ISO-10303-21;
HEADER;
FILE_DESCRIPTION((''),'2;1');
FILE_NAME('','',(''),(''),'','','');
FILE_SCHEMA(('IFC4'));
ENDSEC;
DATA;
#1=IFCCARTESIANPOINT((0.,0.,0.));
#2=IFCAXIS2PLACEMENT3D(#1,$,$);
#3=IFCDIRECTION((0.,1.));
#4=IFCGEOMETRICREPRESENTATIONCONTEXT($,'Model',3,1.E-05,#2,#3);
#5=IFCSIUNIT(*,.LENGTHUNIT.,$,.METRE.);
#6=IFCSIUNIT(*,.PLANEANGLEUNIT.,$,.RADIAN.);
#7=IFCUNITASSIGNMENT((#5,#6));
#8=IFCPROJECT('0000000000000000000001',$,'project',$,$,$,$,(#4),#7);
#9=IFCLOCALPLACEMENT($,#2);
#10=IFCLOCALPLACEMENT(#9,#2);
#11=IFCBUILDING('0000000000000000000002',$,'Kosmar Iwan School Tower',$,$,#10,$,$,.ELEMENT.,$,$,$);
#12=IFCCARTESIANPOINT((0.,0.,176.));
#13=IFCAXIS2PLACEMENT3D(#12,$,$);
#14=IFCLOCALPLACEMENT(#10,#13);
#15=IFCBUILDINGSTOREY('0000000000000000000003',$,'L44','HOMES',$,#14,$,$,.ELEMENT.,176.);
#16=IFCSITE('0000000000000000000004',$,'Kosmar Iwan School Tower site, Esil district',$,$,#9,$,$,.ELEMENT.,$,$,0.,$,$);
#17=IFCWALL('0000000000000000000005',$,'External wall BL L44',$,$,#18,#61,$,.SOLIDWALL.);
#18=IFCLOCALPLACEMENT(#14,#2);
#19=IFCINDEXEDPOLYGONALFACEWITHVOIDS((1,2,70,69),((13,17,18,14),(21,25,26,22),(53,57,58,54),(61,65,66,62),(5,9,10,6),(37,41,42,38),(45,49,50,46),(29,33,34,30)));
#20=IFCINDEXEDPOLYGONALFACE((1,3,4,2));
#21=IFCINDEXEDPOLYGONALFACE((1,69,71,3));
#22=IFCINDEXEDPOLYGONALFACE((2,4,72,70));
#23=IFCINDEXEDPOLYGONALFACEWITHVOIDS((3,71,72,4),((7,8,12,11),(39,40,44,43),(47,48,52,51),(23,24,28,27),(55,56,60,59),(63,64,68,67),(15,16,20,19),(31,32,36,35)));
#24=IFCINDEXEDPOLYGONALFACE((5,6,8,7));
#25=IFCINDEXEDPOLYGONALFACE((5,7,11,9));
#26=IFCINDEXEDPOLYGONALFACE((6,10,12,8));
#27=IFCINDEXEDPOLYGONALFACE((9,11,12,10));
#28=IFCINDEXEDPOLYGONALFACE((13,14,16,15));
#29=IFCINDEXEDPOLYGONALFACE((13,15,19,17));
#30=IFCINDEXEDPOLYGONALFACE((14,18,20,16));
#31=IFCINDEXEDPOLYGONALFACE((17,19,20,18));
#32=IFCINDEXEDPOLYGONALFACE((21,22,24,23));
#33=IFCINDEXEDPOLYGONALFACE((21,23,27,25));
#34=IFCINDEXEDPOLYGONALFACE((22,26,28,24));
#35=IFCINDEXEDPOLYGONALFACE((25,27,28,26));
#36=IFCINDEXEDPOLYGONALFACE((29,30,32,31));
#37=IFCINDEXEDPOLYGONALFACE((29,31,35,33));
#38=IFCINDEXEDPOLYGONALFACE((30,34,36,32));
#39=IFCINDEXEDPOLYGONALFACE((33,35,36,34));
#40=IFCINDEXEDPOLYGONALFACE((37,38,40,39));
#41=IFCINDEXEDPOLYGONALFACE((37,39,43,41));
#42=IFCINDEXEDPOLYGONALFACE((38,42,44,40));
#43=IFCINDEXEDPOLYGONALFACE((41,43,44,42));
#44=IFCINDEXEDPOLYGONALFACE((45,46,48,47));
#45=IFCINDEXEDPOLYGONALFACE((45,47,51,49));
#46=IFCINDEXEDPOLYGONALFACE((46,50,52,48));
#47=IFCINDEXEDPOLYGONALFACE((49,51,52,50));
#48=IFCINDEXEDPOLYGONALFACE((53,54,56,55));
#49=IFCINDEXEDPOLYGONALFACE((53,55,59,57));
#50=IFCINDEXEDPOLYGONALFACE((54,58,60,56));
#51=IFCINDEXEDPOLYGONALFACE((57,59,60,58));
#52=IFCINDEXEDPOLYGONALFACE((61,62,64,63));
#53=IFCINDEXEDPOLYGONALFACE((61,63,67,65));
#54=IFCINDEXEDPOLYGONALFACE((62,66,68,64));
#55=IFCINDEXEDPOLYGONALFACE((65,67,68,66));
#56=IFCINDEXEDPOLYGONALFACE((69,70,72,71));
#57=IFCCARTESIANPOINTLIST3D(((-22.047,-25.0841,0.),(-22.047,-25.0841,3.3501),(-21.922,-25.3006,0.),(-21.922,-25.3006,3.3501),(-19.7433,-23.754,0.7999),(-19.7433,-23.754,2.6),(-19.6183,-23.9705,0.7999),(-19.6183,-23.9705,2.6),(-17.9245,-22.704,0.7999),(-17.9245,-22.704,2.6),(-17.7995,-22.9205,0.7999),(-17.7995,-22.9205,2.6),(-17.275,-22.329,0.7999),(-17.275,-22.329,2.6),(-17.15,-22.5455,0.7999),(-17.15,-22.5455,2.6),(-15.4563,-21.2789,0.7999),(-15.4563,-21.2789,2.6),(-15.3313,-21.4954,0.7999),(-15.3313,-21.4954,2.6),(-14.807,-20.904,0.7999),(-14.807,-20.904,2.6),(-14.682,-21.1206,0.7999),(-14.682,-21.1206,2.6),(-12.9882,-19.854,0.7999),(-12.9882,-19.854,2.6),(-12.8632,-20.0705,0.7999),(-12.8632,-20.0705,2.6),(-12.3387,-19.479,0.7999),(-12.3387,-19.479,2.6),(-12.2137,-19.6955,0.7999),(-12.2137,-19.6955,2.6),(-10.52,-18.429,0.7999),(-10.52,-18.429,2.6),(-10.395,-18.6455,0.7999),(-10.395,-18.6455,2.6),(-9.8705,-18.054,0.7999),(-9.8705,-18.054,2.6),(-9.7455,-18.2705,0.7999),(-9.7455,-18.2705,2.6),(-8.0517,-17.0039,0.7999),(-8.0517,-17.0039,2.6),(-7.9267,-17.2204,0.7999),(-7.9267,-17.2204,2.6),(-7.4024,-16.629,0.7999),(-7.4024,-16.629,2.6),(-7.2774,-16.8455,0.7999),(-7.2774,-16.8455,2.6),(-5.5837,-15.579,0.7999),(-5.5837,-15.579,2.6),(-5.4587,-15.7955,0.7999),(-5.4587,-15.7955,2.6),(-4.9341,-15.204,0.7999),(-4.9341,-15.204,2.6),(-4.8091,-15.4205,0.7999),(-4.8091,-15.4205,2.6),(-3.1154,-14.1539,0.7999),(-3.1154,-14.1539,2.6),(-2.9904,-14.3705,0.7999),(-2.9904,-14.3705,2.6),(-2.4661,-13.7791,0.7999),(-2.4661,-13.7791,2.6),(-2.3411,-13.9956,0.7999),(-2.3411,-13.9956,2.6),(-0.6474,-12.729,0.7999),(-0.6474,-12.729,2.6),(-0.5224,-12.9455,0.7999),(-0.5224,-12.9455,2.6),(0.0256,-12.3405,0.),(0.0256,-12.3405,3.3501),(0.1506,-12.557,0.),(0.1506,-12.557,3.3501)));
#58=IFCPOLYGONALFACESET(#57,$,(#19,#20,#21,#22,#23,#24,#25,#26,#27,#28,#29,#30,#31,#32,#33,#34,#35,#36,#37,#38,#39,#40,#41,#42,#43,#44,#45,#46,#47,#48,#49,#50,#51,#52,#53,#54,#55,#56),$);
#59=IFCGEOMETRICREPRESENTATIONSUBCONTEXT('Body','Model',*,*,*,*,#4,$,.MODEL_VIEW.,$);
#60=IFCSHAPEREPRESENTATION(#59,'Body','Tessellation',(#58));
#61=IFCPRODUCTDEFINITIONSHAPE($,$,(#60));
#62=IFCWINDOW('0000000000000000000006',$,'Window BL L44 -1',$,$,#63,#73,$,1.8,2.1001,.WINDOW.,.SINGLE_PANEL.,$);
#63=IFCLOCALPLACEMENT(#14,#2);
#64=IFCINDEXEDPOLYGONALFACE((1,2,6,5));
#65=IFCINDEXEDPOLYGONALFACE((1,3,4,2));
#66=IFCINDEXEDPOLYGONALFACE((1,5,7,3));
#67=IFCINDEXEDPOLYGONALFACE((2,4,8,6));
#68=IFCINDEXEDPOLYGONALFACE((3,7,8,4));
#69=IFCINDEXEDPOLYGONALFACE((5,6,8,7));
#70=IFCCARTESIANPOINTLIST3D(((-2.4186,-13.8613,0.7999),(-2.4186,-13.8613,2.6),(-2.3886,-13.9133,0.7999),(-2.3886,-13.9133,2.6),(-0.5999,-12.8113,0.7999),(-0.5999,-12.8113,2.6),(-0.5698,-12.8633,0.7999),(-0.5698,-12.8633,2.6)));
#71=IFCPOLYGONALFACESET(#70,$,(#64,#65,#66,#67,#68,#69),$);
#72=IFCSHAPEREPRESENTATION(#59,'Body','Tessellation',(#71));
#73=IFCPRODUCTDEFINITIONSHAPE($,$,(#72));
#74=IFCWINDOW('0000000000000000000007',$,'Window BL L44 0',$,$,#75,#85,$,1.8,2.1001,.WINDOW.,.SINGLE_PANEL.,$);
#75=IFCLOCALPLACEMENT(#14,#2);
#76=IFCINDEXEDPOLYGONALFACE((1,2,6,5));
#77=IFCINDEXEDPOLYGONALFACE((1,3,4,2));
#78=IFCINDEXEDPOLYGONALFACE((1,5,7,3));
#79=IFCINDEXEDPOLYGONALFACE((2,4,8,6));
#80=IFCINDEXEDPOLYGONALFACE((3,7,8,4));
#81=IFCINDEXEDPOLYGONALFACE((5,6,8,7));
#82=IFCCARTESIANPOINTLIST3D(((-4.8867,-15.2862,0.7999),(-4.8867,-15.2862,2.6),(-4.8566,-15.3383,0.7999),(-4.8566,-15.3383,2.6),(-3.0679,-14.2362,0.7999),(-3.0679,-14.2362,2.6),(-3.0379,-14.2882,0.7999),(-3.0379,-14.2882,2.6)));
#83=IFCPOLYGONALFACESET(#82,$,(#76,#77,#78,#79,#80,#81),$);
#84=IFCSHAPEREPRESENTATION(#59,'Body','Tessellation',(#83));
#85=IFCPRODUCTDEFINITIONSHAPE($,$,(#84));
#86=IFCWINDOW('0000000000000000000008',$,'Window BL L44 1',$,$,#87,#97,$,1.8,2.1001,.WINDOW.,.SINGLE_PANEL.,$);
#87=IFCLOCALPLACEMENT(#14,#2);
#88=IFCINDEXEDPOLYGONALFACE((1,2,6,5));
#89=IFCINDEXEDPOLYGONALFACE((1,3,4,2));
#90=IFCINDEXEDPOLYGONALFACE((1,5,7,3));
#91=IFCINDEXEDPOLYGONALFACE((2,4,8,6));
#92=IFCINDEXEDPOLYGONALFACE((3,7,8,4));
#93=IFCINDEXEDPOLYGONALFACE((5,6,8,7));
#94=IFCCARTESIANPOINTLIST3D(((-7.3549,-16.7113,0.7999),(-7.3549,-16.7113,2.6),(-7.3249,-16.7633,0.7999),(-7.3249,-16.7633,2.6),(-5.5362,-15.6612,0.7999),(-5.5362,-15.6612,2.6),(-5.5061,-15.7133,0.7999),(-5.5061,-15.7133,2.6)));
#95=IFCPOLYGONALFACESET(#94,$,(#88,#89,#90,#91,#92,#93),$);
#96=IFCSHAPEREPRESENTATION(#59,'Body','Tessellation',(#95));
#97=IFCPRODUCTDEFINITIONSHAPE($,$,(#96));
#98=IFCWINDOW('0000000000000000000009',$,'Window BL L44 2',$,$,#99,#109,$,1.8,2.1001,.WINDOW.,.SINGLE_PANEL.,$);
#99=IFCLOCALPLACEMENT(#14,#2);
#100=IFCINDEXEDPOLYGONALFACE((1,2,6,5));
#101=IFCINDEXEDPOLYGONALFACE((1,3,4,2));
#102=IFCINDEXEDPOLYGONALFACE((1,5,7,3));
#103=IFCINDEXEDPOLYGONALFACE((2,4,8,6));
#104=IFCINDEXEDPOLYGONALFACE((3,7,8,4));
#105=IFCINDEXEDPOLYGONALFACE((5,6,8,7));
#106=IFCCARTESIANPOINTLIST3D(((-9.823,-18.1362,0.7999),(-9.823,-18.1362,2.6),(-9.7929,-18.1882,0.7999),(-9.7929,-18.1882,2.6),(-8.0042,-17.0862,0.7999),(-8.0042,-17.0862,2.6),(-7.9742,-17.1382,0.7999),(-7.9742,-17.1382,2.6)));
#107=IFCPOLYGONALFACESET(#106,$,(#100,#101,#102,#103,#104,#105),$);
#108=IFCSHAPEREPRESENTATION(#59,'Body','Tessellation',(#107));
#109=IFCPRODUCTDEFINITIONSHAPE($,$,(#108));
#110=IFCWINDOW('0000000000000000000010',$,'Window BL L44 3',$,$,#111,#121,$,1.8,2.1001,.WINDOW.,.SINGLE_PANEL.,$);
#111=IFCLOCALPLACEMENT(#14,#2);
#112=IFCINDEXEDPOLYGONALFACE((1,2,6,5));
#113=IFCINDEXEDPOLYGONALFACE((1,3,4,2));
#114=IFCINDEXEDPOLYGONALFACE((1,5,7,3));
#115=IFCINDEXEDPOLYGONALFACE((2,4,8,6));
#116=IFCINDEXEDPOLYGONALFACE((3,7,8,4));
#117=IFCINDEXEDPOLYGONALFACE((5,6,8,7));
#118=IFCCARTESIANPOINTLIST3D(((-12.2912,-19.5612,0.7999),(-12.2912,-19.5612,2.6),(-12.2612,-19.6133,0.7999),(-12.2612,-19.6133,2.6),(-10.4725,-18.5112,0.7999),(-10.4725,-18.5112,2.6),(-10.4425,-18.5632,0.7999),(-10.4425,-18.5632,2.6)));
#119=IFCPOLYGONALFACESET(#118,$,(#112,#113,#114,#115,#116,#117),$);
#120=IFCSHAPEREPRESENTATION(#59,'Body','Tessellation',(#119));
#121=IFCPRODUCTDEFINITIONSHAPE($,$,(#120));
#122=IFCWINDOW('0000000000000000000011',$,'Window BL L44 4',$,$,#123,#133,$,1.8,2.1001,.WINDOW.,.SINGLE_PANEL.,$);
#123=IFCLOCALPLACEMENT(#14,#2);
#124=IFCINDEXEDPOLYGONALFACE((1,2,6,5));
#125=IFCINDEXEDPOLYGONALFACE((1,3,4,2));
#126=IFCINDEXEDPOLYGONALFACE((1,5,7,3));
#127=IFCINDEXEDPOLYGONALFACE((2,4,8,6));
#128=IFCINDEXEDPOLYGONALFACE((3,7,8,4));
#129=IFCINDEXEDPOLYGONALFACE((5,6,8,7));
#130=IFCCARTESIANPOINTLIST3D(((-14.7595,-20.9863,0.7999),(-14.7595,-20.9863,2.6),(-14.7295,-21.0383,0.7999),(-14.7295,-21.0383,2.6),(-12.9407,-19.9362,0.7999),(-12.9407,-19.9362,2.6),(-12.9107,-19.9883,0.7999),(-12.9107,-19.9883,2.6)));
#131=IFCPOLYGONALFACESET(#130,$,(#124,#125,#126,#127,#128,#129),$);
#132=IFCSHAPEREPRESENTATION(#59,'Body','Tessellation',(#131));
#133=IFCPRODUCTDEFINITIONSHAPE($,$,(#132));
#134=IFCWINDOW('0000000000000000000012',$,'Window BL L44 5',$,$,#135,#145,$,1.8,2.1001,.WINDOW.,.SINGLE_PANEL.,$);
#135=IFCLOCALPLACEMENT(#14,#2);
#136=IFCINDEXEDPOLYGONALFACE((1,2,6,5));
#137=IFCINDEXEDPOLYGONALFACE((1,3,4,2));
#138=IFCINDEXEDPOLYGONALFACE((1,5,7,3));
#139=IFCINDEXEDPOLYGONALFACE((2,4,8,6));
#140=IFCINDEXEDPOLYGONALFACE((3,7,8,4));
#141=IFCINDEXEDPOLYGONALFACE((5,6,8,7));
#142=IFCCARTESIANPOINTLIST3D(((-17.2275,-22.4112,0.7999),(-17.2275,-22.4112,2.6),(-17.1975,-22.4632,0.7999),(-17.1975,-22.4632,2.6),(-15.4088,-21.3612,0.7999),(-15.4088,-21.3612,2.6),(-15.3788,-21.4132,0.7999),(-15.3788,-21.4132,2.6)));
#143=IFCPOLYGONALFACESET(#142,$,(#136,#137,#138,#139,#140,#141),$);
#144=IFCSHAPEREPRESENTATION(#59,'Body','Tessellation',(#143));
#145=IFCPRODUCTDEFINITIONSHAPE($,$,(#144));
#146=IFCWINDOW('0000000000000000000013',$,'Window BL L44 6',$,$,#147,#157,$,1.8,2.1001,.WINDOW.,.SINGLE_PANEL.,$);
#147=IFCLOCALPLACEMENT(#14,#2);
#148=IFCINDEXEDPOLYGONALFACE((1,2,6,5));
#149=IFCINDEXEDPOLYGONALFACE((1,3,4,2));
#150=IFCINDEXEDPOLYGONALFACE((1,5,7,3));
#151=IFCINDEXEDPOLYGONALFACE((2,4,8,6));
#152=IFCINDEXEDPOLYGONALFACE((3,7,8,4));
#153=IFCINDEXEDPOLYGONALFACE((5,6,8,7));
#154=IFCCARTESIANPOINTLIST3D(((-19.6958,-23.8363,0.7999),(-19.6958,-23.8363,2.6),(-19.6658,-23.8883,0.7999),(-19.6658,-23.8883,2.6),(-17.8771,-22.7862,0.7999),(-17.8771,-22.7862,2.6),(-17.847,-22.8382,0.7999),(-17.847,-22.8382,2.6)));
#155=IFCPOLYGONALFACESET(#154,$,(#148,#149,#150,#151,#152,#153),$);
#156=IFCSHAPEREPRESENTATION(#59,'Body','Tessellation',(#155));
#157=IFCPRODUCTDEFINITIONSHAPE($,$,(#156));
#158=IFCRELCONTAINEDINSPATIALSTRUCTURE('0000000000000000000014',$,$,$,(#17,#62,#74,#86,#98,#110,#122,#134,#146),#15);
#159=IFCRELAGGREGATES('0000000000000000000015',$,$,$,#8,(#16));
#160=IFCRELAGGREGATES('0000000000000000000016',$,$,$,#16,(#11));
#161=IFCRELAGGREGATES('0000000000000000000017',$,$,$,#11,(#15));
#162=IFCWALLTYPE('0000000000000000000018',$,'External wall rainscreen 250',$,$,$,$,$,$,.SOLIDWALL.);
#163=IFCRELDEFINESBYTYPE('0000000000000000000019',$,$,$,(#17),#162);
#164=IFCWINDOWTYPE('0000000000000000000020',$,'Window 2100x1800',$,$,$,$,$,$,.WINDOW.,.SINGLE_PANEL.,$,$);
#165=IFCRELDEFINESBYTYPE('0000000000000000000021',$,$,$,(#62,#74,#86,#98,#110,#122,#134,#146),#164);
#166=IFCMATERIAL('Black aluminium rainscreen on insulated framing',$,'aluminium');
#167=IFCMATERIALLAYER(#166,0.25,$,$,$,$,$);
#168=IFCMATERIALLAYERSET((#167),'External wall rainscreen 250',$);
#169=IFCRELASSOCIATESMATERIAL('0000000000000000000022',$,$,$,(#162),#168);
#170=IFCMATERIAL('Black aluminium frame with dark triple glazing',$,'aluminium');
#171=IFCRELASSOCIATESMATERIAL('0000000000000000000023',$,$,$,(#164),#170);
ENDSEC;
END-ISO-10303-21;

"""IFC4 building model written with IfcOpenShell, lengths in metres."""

from ifc_helpers import new_model, si_unit, direction, frame, frame_2d, origin, place, context, subcontext, project, spatial, rectangle, extrude, material, layer, layer_set, type_object, element, fill, save


model = new_model("IFC4")

# Units and contexts
model_context = context("Model", 3, precision=1e-05, world=origin(), true_north=direction((0.0, 1.0)))
body_context = subcontext(model_context, "Body", "Model", "MODEL_VIEW")
ifc_project = project(units=[si_unit("LENGTHUNIT", "METRE"), si_unit("PLANEANGLEUNIT", "RADIAN")], contexts=[model_context])

# Site, building, storey
site_placement = place(None, origin())
site = spatial("IfcSite", under=ifc_project, at=site_placement, Name="Kosmar Iwan School Tower site, Esil district", CompositionType="ELEMENT", RefElevation=0.0)
building_placement = place(site_placement, origin())
building = spatial("IfcBuilding", under=site, at=building_placement, Name="Kosmar Iwan School Tower", CompositionType="ELEMENT")
storey_placement = place(building_placement, frame((0.0, 0.0, 176.0)))
storey = spatial("IfcBuildingStorey", under=building, at=storey_placement, Name="L44", Description="HOMES", CompositionType="ELEMENT", Elevation=176.0)

# Wall, openings, windows
ifc_material_1 = material(Name="Black aluminium rainscreen on insulated framing", Category="aluminium")
ifc_layer_1 = layer(ifc_material_1, 0.25)
ifc_layer_set_1 = layer_set([ifc_layer_1], Name="External wall rainscreen 250")
wall_type_1 = type_object("IfcWallType", Name="External wall rainscreen 250", PredefinedType="SOLIDWALL", material=ifc_layer_set_1)
wall_1_placement = place(storey_placement, frame((0.0881, -12.4487, 0.0), z_axis=(0.0, 0.0, 1.0), x_axis=(-0.866026, -0.499998, 0.0)))
wall_1 = element("IfcWall", 1, at=wall_1_placement, inside=storey, type_object=wall_type_1, Name="External wall BL L44", PredefinedType="SOLIDWALL", context=body_context, shape_type="SweptSolid", body=[
    extrude(rectangle(XDim=25.4873, YDim=0.25, at=frame_2d((12.7437, 0.0))), origin(), (0.0, 0.0, 1.0), 3.3501),
])
opening_1_placement = place(wall_1_placement, frame((0.7771, 0.0, 0.8)))
opening_1 = element("IfcOpeningElement", 2, at=opening_1_placement, cuts=wall_1, PredefinedType="OPENING", context=body_context, shape_type="SweptSolid", body=[
    extrude(rectangle(XDim=2.1001, YDim=1.8, at=frame_2d((1.05, 0.8999))), frame((0.0, 0.137, 0.0), z_axis=(0.0, -1.0, 0.0), x_axis=(1.0, 0.0, 0.0)), (0.0, 0.0, 1.0), 0.2739),
])
opening_2_placement = place(wall_1_placement, frame((3.627, 0.0, 0.8)))
opening_2 = element("IfcOpeningElement", 3, at=opening_2_placement, cuts=wall_1, PredefinedType="OPENING", context=body_context, shape_type="SweptSolid", body=[
    extrude(rectangle(XDim=2.1001, YDim=1.8, at=frame_2d((1.05, 0.8999))), frame((0.0, 0.137, 0.0), z_axis=(0.0, -1.0, 0.0), x_axis=(1.0, 0.0, 0.0)), (0.0, 0.0, 1.0), 0.2739),
])
opening_3_placement = place(wall_1_placement, frame((6.4771, 0.0, 0.8)))
opening_3 = element("IfcOpeningElement", 4, at=opening_3_placement, cuts=wall_1, PredefinedType="OPENING", context=body_context, shape_type="SweptSolid", body=[
    extrude(rectangle(XDim=2.1001, YDim=1.8, at=frame_2d((1.05, 0.8999))), frame((0.0, 0.137, 0.0), z_axis=(0.0, -1.0, 0.0), x_axis=(1.0, 0.0, 0.0)), (0.0, 0.0, 1.0), 0.2739),
])
opening_4_placement = place(wall_1_placement, frame((9.3269, 0.0, 0.8)))
opening_4 = element("IfcOpeningElement", 5, at=opening_4_placement, cuts=wall_1, PredefinedType="OPENING", context=body_context, shape_type="SweptSolid", body=[
    extrude(rectangle(XDim=2.1001, YDim=1.8, at=frame_2d((1.05, 0.8999))), frame((0.0, 0.137, 0.0), z_axis=(0.0, -1.0, 0.0), x_axis=(1.0, 0.0, 0.0)), (0.0, 0.0, 1.0), 0.2739),
])
opening_5_placement = place(wall_1_placement, frame((12.177, 0.0, 0.8)))
opening_5 = element("IfcOpeningElement", 6, at=opening_5_placement, cuts=wall_1, PredefinedType="OPENING", context=body_context, shape_type="SweptSolid", body=[
    extrude(rectangle(XDim=2.1001, YDim=1.8, at=frame_2d((1.05, 0.8999))), frame((0.0, 0.137, 0.0), z_axis=(0.0, -1.0, 0.0), x_axis=(1.0, 0.0, 0.0)), (0.0, 0.0, 1.0), 0.2739),
])
opening_6_placement = place(wall_1_placement, frame((15.0271, 0.0, 0.8)))
opening_6 = element("IfcOpeningElement", 7, at=opening_6_placement, cuts=wall_1, PredefinedType="OPENING", context=body_context, shape_type="SweptSolid", body=[
    extrude(rectangle(XDim=2.1001, YDim=1.8, at=frame_2d((1.05, 0.8999))), frame((0.0, 0.137, 0.0), z_axis=(0.0, -1.0, 0.0), x_axis=(1.0, 0.0, 0.0)), (0.0, 0.0, 1.0), 0.2739),
])
opening_7_placement = place(wall_1_placement, frame((17.877, 0.0, 0.8)))
opening_7 = element("IfcOpeningElement", 8, at=opening_7_placement, cuts=wall_1, PredefinedType="OPENING", context=body_context, shape_type="SweptSolid", body=[
    extrude(rectangle(XDim=2.1001, YDim=1.8, at=frame_2d((1.05, 0.8999))), frame((0.0, 0.137, 0.0), z_axis=(0.0, -1.0, 0.0), x_axis=(1.0, 0.0, 0.0)), (0.0, 0.0, 1.0), 0.2739),
])
opening_8_placement = place(wall_1_placement, frame((20.7271, 0.0, 0.8)))
opening_8 = element("IfcOpeningElement", 9, at=opening_8_placement, cuts=wall_1, PredefinedType="OPENING", context=body_context, shape_type="SweptSolid", body=[
    extrude(rectangle(XDim=2.1001, YDim=1.8, at=frame_2d((1.05, 0.8999))), frame((0.0, 0.137, 0.0), z_axis=(0.0, -1.0, 0.0), x_axis=(1.0, 0.0, 0.0)), (0.0, 0.0, 1.0), 0.2739),
])
ifc_material_2 = material(Name="Black aluminium frame with dark triple glazing", Category="aluminium")
window_type = type_object("IfcWindowType", Name="Window 2100x1800", PartitioningType="SINGLE_PANEL", PredefinedType="WINDOW", material=ifc_material_2)
window_1_placement = place(opening_1_placement, origin())
window_1 = element("IfcWindow", 10, at=window_1_placement, inside=storey, type_object=window_type, Name="Window BL L44 -1", OverallHeight=1.8, OverallWidth=2.1001, PartitioningType="SINGLE_PANEL", PredefinedType="WINDOW", context=body_context, shape_type="SweptSolid", body=[
    extrude(rectangle(XDim=2.1001, YDim=1.8, at=frame_2d((1.05, 0.8999))), frame((0.0, 0.03, 0.0), z_axis=(0.0, -1.0, 0.0), x_axis=(1.0, 0.0, 0.0)), (0.0, 0.0, 1.0), 0.0601),
])
fill(opening_1, window_1)
window_2_placement = place(opening_2_placement, origin())
window_2 = element("IfcWindow", 11, at=window_2_placement, inside=storey, type_object=window_type, Name="Window BL L44 0", OverallHeight=1.8, OverallWidth=2.1001, PartitioningType="SINGLE_PANEL", PredefinedType="WINDOW", context=body_context, shape_type="SweptSolid", body=[
    extrude(rectangle(XDim=2.1001, YDim=1.8, at=frame_2d((1.05, 0.8999))), frame((0.0, 0.03, 0.0), z_axis=(0.0, -1.0, 0.0), x_axis=(1.0, 0.0, 0.0)), (0.0, 0.0, 1.0), 0.0601),
])
fill(opening_2, window_2)
window_3_placement = place(opening_3_placement, origin())
window_3 = element("IfcWindow", 12, at=window_3_placement, inside=storey, type_object=window_type, Name="Window BL L44 1", OverallHeight=1.8, OverallWidth=2.1001, PartitioningType="SINGLE_PANEL", PredefinedType="WINDOW", context=body_context, shape_type="SweptSolid", body=[
    extrude(rectangle(XDim=2.1001, YDim=1.8, at=frame_2d((1.05, 0.8999))), frame((0.0, 0.03, 0.0), z_axis=(0.0, -1.0, 0.0), x_axis=(1.0, 0.0, 0.0)), (0.0, 0.0, 1.0), 0.0601),
])
fill(opening_3, window_3)
window_4_placement = place(opening_4_placement, origin())
window_4 = element("IfcWindow", 13, at=window_4_placement, inside=storey, type_object=window_type, Name="Window BL L44 2", OverallHeight=1.8, OverallWidth=2.1001, PartitioningType="SINGLE_PANEL", PredefinedType="WINDOW", context=body_context, shape_type="SweptSolid", body=[
    extrude(rectangle(XDim=2.1001, YDim=1.8, at=frame_2d((1.05, 0.8999))), frame((0.0, 0.03, 0.0), z_axis=(0.0, -1.0, 0.0), x_axis=(1.0, 0.0, 0.0)), (0.0, 0.0, 1.0), 0.0601),
])
fill(opening_4, window_4)
window_5_placement = place(opening_5_placement, origin())
window_5 = element("IfcWindow", 14, at=window_5_placement, inside=storey, type_object=window_type, Name="Window BL L44 3", OverallHeight=1.8, OverallWidth=2.1001, PartitioningType="SINGLE_PANEL", PredefinedType="WINDOW", context=body_context, shape_type="SweptSolid", body=[
    extrude(rectangle(XDim=2.1001, YDim=1.8, at=frame_2d((1.05, 0.8999))), frame((0.0, 0.03, 0.0), z_axis=(0.0, -1.0, 0.0), x_axis=(1.0, 0.0, 0.0)), (0.0, 0.0, 1.0), 0.0601),
])
fill(opening_5, window_5)
window_6_placement = place(opening_6_placement, origin())
window_6 = element("IfcWindow", 15, at=window_6_placement, inside=storey, type_object=window_type, Name="Window BL L44 4", OverallHeight=1.8, OverallWidth=2.1001, PartitioningType="SINGLE_PANEL", PredefinedType="WINDOW", context=body_context, shape_type="SweptSolid", body=[
    extrude(rectangle(XDim=2.1001, YDim=1.8, at=frame_2d((1.05, 0.8999))), frame((0.0, 0.03, 0.0), z_axis=(0.0, -1.0, 0.0), x_axis=(1.0, 0.0, 0.0)), (0.0, 0.0, 1.0), 0.0601),
])
fill(opening_6, window_6)
window_7_placement = place(opening_7_placement, origin())
window_7 = element("IfcWindow", 16, at=window_7_placement, inside=storey, type_object=window_type, Name="Window BL L44 5", OverallHeight=1.8, OverallWidth=2.1001, PartitioningType="SINGLE_PANEL", PredefinedType="WINDOW", context=body_context, shape_type="SweptSolid", body=[
    extrude(rectangle(XDim=2.1001, YDim=1.8, at=frame_2d((1.05, 0.8999))), frame((0.0, 0.03, 0.0), z_axis=(0.0, -1.0, 0.0), x_axis=(1.0, 0.0, 0.0)), (0.0, 0.0, 1.0), 0.0601),
])
fill(opening_7, window_7)
window_8_placement = place(opening_8_placement, origin())
window_8 = element("IfcWindow", 17, at=window_8_placement, inside=storey, type_object=window_type, Name="Window BL L44 6", OverallHeight=1.8, OverallWidth=2.1001, PartitioningType="SINGLE_PANEL", PredefinedType="WINDOW", context=body_context, shape_type="SweptSolid", body=[
    extrude(rectangle(XDim=2.1001, YDim=1.8, at=frame_2d((1.05, 0.8999))), frame((0.0, 0.03, 0.0), z_axis=(0.0, -1.0, 0.0), x_axis=(1.0, 0.0, 0.0)), (0.0, 0.0, 1.0), 0.0601),
])
fill(opening_8, window_8)

save(model, "model.ifc")
